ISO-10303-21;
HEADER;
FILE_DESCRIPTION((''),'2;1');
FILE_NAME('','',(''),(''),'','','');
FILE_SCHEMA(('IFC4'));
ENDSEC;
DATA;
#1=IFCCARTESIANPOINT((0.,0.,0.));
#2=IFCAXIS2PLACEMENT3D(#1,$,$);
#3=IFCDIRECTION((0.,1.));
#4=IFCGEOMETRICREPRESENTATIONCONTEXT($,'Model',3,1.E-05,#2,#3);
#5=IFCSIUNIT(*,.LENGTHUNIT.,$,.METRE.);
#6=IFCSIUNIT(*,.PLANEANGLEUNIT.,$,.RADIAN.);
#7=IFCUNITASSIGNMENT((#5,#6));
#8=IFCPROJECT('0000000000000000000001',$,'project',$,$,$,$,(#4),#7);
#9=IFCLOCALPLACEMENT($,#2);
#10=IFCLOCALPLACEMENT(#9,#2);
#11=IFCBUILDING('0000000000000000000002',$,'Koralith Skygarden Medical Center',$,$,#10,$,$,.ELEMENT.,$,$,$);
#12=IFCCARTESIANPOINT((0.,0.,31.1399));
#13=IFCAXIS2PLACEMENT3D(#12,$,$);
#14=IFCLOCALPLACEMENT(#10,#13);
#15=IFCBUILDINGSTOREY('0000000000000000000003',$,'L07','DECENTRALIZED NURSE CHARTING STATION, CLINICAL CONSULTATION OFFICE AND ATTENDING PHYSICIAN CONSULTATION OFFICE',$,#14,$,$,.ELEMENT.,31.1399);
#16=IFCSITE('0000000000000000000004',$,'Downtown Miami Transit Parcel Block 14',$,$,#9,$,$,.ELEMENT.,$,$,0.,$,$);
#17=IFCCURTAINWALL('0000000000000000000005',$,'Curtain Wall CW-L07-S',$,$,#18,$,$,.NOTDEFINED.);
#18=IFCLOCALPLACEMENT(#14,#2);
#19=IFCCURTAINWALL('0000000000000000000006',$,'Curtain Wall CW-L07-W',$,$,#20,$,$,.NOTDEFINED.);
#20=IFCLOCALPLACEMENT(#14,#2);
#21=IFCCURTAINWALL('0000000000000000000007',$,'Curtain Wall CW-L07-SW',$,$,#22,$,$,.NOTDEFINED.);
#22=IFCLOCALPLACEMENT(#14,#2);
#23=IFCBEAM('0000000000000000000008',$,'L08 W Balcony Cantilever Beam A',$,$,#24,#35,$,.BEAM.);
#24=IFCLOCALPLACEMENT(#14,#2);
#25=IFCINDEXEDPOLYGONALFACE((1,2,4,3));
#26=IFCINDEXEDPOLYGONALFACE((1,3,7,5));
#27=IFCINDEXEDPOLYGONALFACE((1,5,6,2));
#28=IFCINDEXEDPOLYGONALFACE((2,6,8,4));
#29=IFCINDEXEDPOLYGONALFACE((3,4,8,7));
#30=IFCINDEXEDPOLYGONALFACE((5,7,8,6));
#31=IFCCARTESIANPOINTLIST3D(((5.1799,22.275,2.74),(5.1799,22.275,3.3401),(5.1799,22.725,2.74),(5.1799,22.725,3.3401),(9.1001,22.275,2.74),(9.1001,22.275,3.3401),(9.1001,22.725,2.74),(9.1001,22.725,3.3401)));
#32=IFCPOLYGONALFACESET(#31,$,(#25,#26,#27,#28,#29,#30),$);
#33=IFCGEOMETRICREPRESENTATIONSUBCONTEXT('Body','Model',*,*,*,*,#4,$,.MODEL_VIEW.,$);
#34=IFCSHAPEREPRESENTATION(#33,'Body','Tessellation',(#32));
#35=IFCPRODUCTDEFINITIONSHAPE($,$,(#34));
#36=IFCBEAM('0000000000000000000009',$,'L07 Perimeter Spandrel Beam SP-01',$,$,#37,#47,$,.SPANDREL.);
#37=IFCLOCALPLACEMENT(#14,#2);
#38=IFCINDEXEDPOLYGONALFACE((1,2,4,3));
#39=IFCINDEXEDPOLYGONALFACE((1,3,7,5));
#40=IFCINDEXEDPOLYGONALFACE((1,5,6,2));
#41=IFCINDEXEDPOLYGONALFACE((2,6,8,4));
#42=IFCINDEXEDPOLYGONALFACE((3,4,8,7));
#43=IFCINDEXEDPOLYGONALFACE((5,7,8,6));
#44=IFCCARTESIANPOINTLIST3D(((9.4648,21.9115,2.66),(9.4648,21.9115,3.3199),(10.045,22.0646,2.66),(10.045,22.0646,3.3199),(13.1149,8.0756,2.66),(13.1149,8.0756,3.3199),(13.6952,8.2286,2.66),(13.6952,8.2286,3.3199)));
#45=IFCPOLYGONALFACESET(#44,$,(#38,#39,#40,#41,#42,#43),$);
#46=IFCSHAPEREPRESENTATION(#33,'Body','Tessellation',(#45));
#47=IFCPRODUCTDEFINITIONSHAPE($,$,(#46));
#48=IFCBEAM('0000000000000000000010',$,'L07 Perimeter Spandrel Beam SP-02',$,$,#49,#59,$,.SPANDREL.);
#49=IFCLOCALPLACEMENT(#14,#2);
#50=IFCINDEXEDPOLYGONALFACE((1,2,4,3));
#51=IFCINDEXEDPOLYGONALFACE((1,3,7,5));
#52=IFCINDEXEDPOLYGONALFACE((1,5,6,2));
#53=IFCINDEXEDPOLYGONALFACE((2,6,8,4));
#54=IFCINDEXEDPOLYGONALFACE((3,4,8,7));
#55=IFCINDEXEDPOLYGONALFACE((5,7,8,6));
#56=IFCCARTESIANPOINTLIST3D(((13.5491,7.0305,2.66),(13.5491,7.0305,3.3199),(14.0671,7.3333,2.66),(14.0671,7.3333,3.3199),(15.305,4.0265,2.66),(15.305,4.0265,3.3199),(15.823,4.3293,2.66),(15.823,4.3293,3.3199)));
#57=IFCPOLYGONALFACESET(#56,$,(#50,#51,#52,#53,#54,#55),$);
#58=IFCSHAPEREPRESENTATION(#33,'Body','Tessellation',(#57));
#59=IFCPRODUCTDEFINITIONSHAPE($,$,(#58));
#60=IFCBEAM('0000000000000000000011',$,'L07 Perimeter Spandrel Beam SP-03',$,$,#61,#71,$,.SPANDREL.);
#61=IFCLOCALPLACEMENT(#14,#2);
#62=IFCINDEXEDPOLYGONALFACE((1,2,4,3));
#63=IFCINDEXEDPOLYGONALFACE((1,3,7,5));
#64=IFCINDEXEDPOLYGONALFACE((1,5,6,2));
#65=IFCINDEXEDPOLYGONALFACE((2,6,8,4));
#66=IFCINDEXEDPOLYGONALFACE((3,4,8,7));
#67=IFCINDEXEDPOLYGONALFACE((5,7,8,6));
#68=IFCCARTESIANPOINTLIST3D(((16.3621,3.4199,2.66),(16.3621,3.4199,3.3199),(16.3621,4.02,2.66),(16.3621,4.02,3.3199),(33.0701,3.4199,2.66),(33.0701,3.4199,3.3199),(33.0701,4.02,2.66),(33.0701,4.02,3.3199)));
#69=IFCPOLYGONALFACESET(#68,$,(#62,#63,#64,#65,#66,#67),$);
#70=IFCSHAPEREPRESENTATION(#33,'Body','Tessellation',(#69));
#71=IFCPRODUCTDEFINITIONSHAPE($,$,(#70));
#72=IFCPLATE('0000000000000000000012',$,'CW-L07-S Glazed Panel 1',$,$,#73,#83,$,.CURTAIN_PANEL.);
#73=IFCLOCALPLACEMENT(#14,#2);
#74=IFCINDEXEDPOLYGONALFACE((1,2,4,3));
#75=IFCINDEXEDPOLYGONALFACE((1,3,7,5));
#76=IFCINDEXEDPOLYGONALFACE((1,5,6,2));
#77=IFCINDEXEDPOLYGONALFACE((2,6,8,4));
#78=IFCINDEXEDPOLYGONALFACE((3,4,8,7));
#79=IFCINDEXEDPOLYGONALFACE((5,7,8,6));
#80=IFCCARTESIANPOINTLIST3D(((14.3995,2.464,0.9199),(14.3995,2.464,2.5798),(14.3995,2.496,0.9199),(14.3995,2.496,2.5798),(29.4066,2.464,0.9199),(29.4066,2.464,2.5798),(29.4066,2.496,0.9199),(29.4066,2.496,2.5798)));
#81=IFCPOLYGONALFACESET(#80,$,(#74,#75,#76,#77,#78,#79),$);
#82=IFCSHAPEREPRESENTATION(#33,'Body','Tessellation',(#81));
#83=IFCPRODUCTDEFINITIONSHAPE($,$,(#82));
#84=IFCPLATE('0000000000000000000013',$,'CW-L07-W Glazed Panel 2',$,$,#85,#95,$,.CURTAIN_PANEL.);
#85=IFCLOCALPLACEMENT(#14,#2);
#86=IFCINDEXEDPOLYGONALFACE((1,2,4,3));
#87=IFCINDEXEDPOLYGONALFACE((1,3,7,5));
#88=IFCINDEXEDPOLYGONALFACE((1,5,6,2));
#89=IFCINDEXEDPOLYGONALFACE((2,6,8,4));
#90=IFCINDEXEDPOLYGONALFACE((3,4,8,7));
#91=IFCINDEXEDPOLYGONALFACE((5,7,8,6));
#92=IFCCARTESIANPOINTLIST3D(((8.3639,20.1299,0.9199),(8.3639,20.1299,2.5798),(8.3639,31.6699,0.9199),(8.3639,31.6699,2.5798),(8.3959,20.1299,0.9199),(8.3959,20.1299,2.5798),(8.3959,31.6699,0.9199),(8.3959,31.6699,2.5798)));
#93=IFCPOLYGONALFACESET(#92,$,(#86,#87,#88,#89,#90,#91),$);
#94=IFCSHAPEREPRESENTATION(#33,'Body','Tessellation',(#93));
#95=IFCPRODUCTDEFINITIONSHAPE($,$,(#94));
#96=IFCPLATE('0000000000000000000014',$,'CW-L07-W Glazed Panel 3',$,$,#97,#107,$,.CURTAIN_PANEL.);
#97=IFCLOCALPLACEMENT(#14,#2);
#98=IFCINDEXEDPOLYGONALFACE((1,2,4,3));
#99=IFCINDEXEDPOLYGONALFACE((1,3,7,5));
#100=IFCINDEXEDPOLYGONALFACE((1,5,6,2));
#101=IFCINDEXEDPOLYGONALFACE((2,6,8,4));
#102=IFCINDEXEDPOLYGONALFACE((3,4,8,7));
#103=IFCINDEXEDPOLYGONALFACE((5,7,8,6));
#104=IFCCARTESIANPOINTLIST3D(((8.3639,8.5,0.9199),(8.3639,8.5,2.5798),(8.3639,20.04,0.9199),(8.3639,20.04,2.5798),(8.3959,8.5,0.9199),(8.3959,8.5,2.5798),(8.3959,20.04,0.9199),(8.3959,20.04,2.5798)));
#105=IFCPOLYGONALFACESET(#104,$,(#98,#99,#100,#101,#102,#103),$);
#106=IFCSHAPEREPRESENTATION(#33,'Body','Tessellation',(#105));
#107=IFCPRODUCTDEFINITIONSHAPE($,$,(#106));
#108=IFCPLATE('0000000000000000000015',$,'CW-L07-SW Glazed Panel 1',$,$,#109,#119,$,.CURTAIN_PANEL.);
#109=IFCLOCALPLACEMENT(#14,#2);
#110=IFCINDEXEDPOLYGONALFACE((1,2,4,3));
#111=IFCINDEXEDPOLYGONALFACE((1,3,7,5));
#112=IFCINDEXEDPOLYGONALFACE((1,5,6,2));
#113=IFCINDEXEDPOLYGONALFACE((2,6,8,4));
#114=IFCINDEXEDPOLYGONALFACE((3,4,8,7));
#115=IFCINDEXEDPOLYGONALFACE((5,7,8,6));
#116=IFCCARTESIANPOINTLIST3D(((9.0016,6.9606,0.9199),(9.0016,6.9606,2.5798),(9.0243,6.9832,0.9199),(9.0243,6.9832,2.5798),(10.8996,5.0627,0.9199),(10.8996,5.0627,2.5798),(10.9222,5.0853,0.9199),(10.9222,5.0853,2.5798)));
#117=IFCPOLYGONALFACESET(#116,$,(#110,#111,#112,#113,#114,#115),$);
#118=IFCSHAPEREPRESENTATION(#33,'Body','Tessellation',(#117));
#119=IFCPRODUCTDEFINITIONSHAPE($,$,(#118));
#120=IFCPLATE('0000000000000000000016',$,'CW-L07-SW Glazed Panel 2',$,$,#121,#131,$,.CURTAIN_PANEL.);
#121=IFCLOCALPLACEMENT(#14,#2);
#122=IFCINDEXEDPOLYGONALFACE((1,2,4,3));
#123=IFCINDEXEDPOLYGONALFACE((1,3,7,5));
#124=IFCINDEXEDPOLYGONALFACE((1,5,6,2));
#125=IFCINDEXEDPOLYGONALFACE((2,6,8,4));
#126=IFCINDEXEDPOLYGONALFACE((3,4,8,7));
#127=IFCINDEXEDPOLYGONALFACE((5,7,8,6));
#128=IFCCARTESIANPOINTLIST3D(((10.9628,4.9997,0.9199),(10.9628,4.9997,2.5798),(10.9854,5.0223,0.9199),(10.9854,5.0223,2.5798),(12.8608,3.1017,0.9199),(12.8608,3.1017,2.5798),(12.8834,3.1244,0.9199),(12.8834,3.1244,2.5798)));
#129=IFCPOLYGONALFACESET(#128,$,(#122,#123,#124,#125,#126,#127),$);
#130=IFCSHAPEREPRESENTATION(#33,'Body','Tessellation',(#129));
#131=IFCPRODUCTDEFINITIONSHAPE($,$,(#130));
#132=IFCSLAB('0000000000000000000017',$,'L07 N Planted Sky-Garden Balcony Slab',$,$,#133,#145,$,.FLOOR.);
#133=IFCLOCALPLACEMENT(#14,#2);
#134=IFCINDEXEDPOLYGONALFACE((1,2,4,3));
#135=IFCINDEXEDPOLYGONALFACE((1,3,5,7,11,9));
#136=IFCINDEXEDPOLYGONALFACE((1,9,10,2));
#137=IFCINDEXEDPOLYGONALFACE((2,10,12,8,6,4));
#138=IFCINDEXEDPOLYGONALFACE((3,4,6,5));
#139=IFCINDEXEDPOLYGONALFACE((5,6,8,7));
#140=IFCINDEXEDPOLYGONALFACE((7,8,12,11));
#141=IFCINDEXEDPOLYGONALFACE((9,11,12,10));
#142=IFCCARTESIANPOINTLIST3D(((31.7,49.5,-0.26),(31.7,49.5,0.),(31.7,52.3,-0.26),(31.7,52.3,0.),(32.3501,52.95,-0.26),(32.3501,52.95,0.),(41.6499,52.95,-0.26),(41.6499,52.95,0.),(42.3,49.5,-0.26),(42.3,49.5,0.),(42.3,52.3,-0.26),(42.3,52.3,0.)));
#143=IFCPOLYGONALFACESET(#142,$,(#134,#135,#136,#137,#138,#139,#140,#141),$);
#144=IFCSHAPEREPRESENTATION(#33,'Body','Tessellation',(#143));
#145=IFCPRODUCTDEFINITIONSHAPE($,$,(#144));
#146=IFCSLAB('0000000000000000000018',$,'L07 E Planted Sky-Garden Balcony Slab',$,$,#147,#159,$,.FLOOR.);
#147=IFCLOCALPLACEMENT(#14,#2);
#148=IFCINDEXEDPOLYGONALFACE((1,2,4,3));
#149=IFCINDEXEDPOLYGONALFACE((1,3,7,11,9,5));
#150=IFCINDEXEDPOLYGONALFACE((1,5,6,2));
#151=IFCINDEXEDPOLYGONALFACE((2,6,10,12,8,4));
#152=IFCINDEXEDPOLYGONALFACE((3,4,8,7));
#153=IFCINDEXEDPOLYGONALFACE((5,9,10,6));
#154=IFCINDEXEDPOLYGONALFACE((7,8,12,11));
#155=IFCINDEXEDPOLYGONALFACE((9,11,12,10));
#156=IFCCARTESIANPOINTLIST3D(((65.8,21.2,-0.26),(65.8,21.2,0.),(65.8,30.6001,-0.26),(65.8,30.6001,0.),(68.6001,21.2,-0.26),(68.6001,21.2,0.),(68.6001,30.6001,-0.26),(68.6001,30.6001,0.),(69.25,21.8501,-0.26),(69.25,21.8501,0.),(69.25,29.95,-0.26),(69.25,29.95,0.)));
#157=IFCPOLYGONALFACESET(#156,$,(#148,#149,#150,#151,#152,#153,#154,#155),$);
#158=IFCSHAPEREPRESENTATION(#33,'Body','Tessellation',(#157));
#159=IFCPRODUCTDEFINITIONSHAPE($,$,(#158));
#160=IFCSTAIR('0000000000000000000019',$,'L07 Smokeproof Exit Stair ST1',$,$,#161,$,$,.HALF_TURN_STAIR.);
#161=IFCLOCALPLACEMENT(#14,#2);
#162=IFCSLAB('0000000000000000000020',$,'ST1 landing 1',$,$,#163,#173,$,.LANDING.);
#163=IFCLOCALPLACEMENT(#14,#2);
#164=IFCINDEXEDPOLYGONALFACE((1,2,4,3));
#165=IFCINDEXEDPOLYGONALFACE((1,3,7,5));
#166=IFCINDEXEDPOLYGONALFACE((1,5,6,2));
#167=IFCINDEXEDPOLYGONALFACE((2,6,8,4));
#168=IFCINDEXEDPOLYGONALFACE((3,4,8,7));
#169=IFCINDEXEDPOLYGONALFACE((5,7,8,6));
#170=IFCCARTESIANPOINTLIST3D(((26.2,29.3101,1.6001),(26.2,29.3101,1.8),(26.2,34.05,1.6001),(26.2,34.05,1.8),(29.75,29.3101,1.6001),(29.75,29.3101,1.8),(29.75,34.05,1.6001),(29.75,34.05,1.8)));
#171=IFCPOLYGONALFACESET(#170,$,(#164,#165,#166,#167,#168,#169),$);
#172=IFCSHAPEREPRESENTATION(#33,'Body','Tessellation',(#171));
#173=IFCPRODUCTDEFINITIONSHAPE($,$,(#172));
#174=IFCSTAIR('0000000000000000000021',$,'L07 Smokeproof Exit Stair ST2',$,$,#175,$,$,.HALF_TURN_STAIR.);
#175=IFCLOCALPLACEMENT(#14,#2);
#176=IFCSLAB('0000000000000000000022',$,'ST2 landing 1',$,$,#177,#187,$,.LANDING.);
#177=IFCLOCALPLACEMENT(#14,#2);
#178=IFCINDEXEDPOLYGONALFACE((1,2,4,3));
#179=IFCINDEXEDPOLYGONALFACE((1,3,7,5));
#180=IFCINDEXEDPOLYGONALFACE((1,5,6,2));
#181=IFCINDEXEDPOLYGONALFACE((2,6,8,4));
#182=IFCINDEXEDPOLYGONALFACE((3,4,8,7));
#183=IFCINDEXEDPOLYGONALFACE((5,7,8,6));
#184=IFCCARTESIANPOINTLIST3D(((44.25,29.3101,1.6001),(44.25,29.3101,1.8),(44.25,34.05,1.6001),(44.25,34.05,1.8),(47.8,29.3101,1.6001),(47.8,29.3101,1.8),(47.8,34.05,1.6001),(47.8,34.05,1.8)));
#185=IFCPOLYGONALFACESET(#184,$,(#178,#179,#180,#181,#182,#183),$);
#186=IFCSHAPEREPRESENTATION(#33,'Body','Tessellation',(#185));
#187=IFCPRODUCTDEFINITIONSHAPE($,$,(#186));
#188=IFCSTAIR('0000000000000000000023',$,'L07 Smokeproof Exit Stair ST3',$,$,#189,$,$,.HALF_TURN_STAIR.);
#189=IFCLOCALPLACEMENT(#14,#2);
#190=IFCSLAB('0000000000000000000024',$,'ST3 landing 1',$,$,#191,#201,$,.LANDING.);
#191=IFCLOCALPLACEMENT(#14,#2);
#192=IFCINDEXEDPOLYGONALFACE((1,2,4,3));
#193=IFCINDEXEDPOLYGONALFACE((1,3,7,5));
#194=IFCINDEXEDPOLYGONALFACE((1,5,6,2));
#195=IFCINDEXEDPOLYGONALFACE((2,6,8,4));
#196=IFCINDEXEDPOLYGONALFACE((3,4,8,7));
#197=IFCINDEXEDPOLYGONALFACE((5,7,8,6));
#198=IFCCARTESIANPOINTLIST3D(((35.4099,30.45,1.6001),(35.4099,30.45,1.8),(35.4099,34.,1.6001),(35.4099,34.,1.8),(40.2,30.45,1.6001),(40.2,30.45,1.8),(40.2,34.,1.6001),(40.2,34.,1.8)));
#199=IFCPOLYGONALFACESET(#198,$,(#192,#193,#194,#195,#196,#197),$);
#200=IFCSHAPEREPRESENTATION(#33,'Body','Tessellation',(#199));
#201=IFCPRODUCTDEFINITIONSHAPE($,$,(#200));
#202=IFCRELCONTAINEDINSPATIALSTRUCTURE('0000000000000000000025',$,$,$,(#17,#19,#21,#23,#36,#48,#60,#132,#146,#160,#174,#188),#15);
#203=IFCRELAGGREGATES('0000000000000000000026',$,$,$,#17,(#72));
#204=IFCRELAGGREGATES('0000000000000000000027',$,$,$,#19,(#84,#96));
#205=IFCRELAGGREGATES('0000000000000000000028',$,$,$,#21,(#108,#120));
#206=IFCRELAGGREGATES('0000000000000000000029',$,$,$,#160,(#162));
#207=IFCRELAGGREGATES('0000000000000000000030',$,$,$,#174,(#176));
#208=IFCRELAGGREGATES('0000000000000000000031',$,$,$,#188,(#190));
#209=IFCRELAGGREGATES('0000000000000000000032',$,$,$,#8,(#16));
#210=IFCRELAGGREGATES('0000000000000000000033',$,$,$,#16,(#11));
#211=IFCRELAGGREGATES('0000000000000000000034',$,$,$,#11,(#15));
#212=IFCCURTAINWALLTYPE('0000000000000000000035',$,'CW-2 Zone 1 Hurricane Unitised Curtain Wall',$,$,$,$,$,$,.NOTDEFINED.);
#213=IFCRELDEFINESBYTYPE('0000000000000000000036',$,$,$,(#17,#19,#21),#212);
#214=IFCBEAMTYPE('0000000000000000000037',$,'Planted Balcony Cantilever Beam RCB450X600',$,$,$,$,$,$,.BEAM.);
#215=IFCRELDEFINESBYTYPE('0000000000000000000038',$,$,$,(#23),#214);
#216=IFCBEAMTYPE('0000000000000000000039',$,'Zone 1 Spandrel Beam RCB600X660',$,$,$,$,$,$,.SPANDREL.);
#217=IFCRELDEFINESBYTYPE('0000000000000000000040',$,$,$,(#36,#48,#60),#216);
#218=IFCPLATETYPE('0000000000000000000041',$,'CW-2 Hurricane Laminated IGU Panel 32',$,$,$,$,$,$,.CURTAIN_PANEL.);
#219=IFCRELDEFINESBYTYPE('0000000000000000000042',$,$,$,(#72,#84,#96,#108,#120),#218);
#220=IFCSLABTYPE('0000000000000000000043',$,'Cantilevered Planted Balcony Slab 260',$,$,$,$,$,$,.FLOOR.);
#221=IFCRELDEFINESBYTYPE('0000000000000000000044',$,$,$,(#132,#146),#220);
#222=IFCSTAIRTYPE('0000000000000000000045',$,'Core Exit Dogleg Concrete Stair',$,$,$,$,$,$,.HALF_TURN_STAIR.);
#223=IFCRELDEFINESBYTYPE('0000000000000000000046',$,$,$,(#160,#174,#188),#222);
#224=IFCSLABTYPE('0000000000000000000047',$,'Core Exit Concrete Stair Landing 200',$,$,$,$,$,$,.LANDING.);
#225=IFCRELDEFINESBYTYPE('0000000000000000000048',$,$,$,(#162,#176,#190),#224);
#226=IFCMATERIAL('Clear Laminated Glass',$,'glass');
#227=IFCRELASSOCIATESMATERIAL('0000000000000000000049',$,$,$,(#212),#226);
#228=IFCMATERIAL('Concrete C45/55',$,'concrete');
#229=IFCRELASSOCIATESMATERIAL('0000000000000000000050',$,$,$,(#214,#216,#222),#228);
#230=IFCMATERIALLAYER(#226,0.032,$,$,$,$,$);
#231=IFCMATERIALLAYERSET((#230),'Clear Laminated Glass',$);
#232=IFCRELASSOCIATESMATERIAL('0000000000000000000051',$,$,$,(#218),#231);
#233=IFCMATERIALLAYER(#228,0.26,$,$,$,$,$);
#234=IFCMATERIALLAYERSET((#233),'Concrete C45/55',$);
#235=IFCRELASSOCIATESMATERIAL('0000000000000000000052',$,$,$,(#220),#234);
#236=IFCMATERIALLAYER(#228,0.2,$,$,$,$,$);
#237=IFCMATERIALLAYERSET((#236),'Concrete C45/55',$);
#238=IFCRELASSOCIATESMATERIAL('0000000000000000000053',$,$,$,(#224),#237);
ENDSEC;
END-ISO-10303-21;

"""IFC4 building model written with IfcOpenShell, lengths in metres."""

from ifc_helpers import new_model, si_unit, direction, frame, origin, origin_2d, place, context, subcontext, project, spatial, polyline, rectangle, outline, extrude, material, layer, layer_set, material_profile, profile_set, type_object, element, aggregate, save


model = new_model("IFC4")

# Units and contexts
model_context = context("Model", 3, precision=1e-05, world=origin(), true_north=direction((0.0, 1.0)))
body_context = subcontext(model_context, "Body", "Model", "MODEL_VIEW")
ifc_project = project(units=[si_unit("LENGTHUNIT", "METRE"), si_unit("PLANEANGLEUNIT", "RADIAN")], contexts=[model_context])

# Site, building, storey
site_placement = place(None, origin())
site = spatial("IfcSite", under=ifc_project, at=site_placement, Name="Downtown Miami Transit Parcel Block 14", CompositionType="ELEMENT", RefElevation=0.0)
building_placement = place(site_placement, origin())
building = spatial("IfcBuilding", under=site, at=building_placement, Name="Koralith Skygarden Medical Center", CompositionType="ELEMENT")
storey_placement = place(building_placement, frame((0.0, 0.0, 31.1399)))
storey = spatial("IfcBuildingStorey", under=building, at=storey_placement, Name="L07", Description="DECENTRALIZED NURSE CHARTING STATION, CLINICAL CONSULTATION OFFICE AND ATTENDING PHYSICIAN CONSULTATION OFFICE", CompositionType="ELEMENT", Elevation=31.1399)

# Curtain wall
ifc_material_1 = material(Name="Clear Laminated Glass", Category="glass")
curtain_wall_type = type_object("IfcCurtainWallType", Name="CW-2 Zone 1 Hurricane Unitised Curtain Wall", PredefinedType="NOTDEFINED", material=ifc_material_1)
curtain_wall_1_placement = place(storey_placement, origin())
curtain_wall_1 = element("IfcCurtainWall", 1, at=curtain_wall_1_placement, inside=storey, type_object=curtain_wall_type, Name="Curtain Wall CW-L07-S", PredefinedType="NOTDEFINED")

# Curtain walls
curtain_wall_2_placement = place(storey_placement, origin())
curtain_wall_2 = element("IfcCurtainWall", 2, at=curtain_wall_2_placement, inside=storey, type_object=curtain_wall_type, Name="Curtain Wall CW-L07-W", PredefinedType="NOTDEFINED")
curtain_wall_3_placement = place(storey_placement, origin())
curtain_wall_3 = element("IfcCurtainWall", 3, at=curtain_wall_3_placement, inside=storey, type_object=curtain_wall_type, Name="Curtain Wall CW-L07-SW", PredefinedType="NOTDEFINED")

# Beams
ifc_material_2 = material(Name="Concrete C45/55", Category="concrete")
ifc_material_profile_1 = material_profile(ifc_material_2, rectangle(XDim=0.45, YDim=0.6001, at=origin_2d()), Name="RCB450X600")
ifc_profile_set_1 = profile_set([ifc_material_profile_1], Name="Concrete C45/55")
beam_type_1 = type_object("IfcBeamType", Name="Planted Balcony Cantilever Beam RCB450X600", PredefinedType="BEAM", material=ifc_profile_set_1)
beam_1_placement = place(storey_placement, frame((9.1001, 22.5, 3.04), z_axis=(-1.0, 0.0, 0.0), x_axis=(0.0, -1.0, 0.0)))
element("IfcBeam", 4, at=beam_1_placement, inside=storey, type_object=beam_type_1, Name="L08 W Balcony Cantilever Beam A", PredefinedType="BEAM", context=body_context, shape_type="SweptSolid", body=[
    extrude(rectangle(XDim=0.45, YDim=0.6001, at=origin_2d()), origin(), (0.0, 0.0, 1.0), 3.9202),
])
ifc_material_profile_2 = material_profile(ifc_material_2, rectangle(XDim=0.6001, YDim=0.6599, at=origin_2d()), Name="RCB600X660")
ifc_profile_set_2 = profile_set([ifc_material_profile_2], Name="Concrete C45/55")
beam_type_2 = type_object("IfcBeamType", Name="Zone 1 Spandrel Beam RCB600X660", PredefinedType="SPANDREL", material=ifc_profile_set_2)
beam_2_placement = place(storey_placement, frame((9.7549, 21.988, 2.99), z_axis=(0.255089, -0.966918, 0.0), x_axis=(0.966918, 0.255089, 0.0)))
element("IfcBeam", 5, at=beam_2_placement, inside=storey, type_object=beam_type_2, Name="L07 Perimeter Spandrel Beam SP-01", PredefinedType="SPANDREL", context=body_context, shape_type="SweptSolid", body=[
    extrude(rectangle(XDim=0.6001, YDim=0.6599, at=origin_2d()), origin(), (0.0, 0.0, 1.0), 14.3093),
])
beam_3_placement = place(storey_placement, frame((13.8081, 7.1819, 2.99), z_axis=(0.504639, -0.863331, 0.0), x_axis=(0.863331, 0.504639, 0.0)))
element("IfcBeam", 6, at=beam_3_placement, inside=storey, type_object=beam_type_2, Name="L07 Perimeter Spandrel Beam SP-02", PredefinedType="SPANDREL", context=body_context, shape_type="SweptSolid", body=[
    extrude(rectangle(XDim=0.6001, YDim=0.6599, at=origin_2d()), origin(), (0.0, 0.0, 1.0), 3.4795),
])
beam_4_placement = place(storey_placement, frame((16.3621, 3.72, 2.99), z_axis=(1.0, 0.0, 0.0), x_axis=(0.0, 1.0, 0.0)))
element("IfcBeam", 7, at=beam_4_placement, inside=storey, type_object=beam_type_2, Name="L07 Perimeter Spandrel Beam SP-03", PredefinedType="SPANDREL", context=body_context, shape_type="SweptSolid", body=[
    extrude(rectangle(XDim=0.6001, YDim=0.6599, at=origin_2d()), origin(), (0.0, 0.0, 1.0), 16.708),
])

# Plates
ifc_layer_1 = layer(ifc_material_1, 0.032)
ifc_layer_set_1 = layer_set([ifc_layer_1], Name="Clear Laminated Glass")
plate_type_1 = type_object("IfcPlateType", Name="CW-2 Hurricane Laminated IGU Panel 32", PredefinedType="CURTAIN_PANEL", material=ifc_layer_set_1)
plate_1_placement = place(storey_placement, frame((21.9031, 2.48, 0.9199), z_axis=(0.0, 0.0, 1.0), x_axis=(1.0, 0.0, 0.0)))
plate_1 = element("IfcPlate", 8, at=plate_1_placement, type_object=plate_type_1, Name="CW-L07-S Glazed Panel 1", PredefinedType="CURTAIN_PANEL", context=body_context, shape_type="SweptSolid", body=[
    extrude(rectangle(XDim=15.0071, YDim=0.032, at=origin_2d()), origin(), (0.0, 0.0, 1.0), 1.6599),
])
aggregate(curtain_wall_1, [plate_1])
plate_2_placement = place(storey_placement, frame((8.3799, 25.8999, 0.9199), z_axis=(0.0, 0.0, 1.0), x_axis=(0.0, -1.0, 0.0)))
plate_2 = element("IfcPlate", 9, at=plate_2_placement, type_object=plate_type_1, Name="CW-L07-W Glazed Panel 2", PredefinedType="CURTAIN_PANEL", context=body_context, shape_type="SweptSolid", body=[
    extrude(rectangle(XDim=11.54, YDim=0.032, at=origin_2d()), origin(), (0.0, 0.0, 1.0), 1.6599),
])
plate_3_placement = place(storey_placement, frame((8.3799, 14.27, 0.9199), z_axis=(0.0, 0.0, 1.0), x_axis=(0.0, -1.0, 0.0)))
plate_3 = element("IfcPlate", 10, at=plate_3_placement, type_object=plate_type_1, Name="CW-L07-W Glazed Panel 3", PredefinedType="CURTAIN_PANEL", context=body_context, shape_type="SweptSolid", body=[
    extrude(rectangle(XDim=11.54, YDim=0.032, at=origin_2d()), origin(), (0.0, 0.0, 1.0), 1.6599),
])
aggregate(curtain_wall_2, [plate_2, plate_3])
plate_4_placement = place(storey_placement, frame((9.9619, 6.0229, 0.9199), z_axis=(0.0, 0.0, 1.0), x_axis=(0.707107, -0.707107, 0.0)))
plate_4 = element("IfcPlate", 11, at=plate_4_placement, type_object=plate_type_1, Name="CW-L07-SW Glazed Panel 1", PredefinedType="CURTAIN_PANEL", context=body_context, shape_type="SweptSolid", body=[
    extrude(rectangle(XDim=2.6841, YDim=0.032, at=origin_2d()), origin(), (0.0, 0.0, 1.0), 1.6599),
])
plate_5_placement = place(storey_placement, frame((11.9231, 4.062, 0.9199), z_axis=(0.0, 0.0, 1.0), x_axis=(0.707107, -0.707107, 0.0)))
plate_5 = element("IfcPlate", 12, at=plate_5_placement, type_object=plate_type_1, Name="CW-L07-SW Glazed Panel 2", PredefinedType="CURTAIN_PANEL", context=body_context, shape_type="SweptSolid", body=[
    extrude(rectangle(XDim=2.6841, YDim=0.032, at=origin_2d()), origin(), (0.0, 0.0, 1.0), 1.6599),
])
aggregate(curtain_wall_3, [plate_4, plate_5])

# Slabs
ifc_layer_2 = layer(ifc_material_2, 0.26)
ifc_layer_set_2 = layer_set([ifc_layer_2], Name="Concrete C45/55")
slab_type_1 = type_object("IfcSlabType", Name="Cantilevered Planted Balcony Slab 260", PredefinedType="FLOOR", material=ifc_layer_set_2)
slab_1_placement = place(storey_placement, frame((0.0, 0.0, -0.26)))
element("IfcSlab", 13, at=slab_1_placement, inside=storey, type_object=slab_type_1, Name="L07 N Planted Sky-Garden Balcony Slab", PredefinedType="FLOOR", context=body_context, shape_type="SweptSolid", body=[
    extrude(outline(polyline([(31.7, 49.5), (42.3, 49.5), (42.3, 52.3), (41.6499, 52.95), (32.3501, 52.95), (31.7, 52.3), (31.7, 49.5)])), origin(), (0.0, 0.0, 1.0), 0.26),
])
slab_2_placement = place(storey_placement, frame((0.0, 0.0, -0.26)))
element("IfcSlab", 14, at=slab_2_placement, inside=storey, type_object=slab_type_1, Name="L07 E Planted Sky-Garden Balcony Slab", PredefinedType="FLOOR", context=body_context, shape_type="SweptSolid", body=[
    extrude(outline(polyline([(65.8, 21.2), (68.6001, 21.2), (69.25, 21.8501), (69.25, 29.95), (68.6001, 30.6001), (65.8, 30.6001), (65.8, 21.2)])), origin(), (0.0, 0.0, 1.0), 0.26),
])

# Stairs, slabs
stair_type = type_object("IfcStairType", Name="Core Exit Dogleg Concrete Stair", PredefinedType="HALF_TURN_STAIR", material=ifc_material_2)
stair_1_placement = place(storey_placement, origin())
stair_1 = element("IfcStair", 15, at=stair_1_placement, inside=storey, type_object=stair_type, Name="L07 Smokeproof Exit Stair ST1", PredefinedType="HALF_TURN_STAIR")
ifc_layer_3 = layer(ifc_material_2, 0.2)
ifc_layer_set_3 = layer_set([ifc_layer_3], Name="Concrete C45/55")
slab_type_2 = type_object("IfcSlabType", Name="Core Exit Concrete Stair Landing 200", PredefinedType="LANDING", material=ifc_layer_set_3)
slab_3_placement = place(storey_placement, frame((0.0, 0.0, 1.6001)))
slab_3 = element("IfcSlab", 16, at=slab_3_placement, type_object=slab_type_2, Name="ST1 landing 1", PredefinedType="LANDING", context=body_context, shape_type="SweptSolid", body=[
    extrude(outline(polyline([(29.75, 29.3101), (29.75, 34.05), (26.2, 34.05), (26.2, 29.3101), (29.75, 29.3101)])), origin(), (0.0, 0.0, 1.0), 0.2),
])
aggregate(stair_1, [slab_3])
stair_2_placement = place(storey_placement, origin())
stair_2 = element("IfcStair", 17, at=stair_2_placement, inside=storey, type_object=stair_type, Name="L07 Smokeproof Exit Stair ST2", PredefinedType="HALF_TURN_STAIR")
slab_4_placement = place(storey_placement, frame((0.0, 0.0, 1.6001)))
slab_4 = element("IfcSlab", 18, at=slab_4_placement, type_object=slab_type_2, Name="ST2 landing 1", PredefinedType="LANDING", context=body_context, shape_type="SweptSolid", body=[
    extrude(outline(polyline([(47.8, 29.3101), (47.8, 34.05), (44.25, 34.05), (44.25, 29.3101), (47.8, 29.3101)])), origin(), (0.0, 0.0, 1.0), 0.2),
])
aggregate(stair_2, [slab_4])
stair_3_placement = place(storey_placement, origin())
stair_3 = element("IfcStair", 19, at=stair_3_placement, inside=storey, type_object=stair_type, Name="L07 Smokeproof Exit Stair ST3", PredefinedType="HALF_TURN_STAIR")
slab_5_placement = place(storey_placement, frame((0.0, 0.0, 1.6001)))
slab_5 = element("IfcSlab", 20, at=slab_5_placement, type_object=slab_type_2, Name="ST3 landing 1", PredefinedType="LANDING", context=body_context, shape_type="SweptSolid", body=[
    extrude(outline(polyline([(35.4099, 30.45), (40.2, 30.45), (40.2, 34.0), (35.4099, 34.0), (35.4099, 30.45)])), origin(), (0.0, 0.0, 1.0), 0.2),
])
aggregate(stair_3, [slab_5])

save(model, "model.ifc")
